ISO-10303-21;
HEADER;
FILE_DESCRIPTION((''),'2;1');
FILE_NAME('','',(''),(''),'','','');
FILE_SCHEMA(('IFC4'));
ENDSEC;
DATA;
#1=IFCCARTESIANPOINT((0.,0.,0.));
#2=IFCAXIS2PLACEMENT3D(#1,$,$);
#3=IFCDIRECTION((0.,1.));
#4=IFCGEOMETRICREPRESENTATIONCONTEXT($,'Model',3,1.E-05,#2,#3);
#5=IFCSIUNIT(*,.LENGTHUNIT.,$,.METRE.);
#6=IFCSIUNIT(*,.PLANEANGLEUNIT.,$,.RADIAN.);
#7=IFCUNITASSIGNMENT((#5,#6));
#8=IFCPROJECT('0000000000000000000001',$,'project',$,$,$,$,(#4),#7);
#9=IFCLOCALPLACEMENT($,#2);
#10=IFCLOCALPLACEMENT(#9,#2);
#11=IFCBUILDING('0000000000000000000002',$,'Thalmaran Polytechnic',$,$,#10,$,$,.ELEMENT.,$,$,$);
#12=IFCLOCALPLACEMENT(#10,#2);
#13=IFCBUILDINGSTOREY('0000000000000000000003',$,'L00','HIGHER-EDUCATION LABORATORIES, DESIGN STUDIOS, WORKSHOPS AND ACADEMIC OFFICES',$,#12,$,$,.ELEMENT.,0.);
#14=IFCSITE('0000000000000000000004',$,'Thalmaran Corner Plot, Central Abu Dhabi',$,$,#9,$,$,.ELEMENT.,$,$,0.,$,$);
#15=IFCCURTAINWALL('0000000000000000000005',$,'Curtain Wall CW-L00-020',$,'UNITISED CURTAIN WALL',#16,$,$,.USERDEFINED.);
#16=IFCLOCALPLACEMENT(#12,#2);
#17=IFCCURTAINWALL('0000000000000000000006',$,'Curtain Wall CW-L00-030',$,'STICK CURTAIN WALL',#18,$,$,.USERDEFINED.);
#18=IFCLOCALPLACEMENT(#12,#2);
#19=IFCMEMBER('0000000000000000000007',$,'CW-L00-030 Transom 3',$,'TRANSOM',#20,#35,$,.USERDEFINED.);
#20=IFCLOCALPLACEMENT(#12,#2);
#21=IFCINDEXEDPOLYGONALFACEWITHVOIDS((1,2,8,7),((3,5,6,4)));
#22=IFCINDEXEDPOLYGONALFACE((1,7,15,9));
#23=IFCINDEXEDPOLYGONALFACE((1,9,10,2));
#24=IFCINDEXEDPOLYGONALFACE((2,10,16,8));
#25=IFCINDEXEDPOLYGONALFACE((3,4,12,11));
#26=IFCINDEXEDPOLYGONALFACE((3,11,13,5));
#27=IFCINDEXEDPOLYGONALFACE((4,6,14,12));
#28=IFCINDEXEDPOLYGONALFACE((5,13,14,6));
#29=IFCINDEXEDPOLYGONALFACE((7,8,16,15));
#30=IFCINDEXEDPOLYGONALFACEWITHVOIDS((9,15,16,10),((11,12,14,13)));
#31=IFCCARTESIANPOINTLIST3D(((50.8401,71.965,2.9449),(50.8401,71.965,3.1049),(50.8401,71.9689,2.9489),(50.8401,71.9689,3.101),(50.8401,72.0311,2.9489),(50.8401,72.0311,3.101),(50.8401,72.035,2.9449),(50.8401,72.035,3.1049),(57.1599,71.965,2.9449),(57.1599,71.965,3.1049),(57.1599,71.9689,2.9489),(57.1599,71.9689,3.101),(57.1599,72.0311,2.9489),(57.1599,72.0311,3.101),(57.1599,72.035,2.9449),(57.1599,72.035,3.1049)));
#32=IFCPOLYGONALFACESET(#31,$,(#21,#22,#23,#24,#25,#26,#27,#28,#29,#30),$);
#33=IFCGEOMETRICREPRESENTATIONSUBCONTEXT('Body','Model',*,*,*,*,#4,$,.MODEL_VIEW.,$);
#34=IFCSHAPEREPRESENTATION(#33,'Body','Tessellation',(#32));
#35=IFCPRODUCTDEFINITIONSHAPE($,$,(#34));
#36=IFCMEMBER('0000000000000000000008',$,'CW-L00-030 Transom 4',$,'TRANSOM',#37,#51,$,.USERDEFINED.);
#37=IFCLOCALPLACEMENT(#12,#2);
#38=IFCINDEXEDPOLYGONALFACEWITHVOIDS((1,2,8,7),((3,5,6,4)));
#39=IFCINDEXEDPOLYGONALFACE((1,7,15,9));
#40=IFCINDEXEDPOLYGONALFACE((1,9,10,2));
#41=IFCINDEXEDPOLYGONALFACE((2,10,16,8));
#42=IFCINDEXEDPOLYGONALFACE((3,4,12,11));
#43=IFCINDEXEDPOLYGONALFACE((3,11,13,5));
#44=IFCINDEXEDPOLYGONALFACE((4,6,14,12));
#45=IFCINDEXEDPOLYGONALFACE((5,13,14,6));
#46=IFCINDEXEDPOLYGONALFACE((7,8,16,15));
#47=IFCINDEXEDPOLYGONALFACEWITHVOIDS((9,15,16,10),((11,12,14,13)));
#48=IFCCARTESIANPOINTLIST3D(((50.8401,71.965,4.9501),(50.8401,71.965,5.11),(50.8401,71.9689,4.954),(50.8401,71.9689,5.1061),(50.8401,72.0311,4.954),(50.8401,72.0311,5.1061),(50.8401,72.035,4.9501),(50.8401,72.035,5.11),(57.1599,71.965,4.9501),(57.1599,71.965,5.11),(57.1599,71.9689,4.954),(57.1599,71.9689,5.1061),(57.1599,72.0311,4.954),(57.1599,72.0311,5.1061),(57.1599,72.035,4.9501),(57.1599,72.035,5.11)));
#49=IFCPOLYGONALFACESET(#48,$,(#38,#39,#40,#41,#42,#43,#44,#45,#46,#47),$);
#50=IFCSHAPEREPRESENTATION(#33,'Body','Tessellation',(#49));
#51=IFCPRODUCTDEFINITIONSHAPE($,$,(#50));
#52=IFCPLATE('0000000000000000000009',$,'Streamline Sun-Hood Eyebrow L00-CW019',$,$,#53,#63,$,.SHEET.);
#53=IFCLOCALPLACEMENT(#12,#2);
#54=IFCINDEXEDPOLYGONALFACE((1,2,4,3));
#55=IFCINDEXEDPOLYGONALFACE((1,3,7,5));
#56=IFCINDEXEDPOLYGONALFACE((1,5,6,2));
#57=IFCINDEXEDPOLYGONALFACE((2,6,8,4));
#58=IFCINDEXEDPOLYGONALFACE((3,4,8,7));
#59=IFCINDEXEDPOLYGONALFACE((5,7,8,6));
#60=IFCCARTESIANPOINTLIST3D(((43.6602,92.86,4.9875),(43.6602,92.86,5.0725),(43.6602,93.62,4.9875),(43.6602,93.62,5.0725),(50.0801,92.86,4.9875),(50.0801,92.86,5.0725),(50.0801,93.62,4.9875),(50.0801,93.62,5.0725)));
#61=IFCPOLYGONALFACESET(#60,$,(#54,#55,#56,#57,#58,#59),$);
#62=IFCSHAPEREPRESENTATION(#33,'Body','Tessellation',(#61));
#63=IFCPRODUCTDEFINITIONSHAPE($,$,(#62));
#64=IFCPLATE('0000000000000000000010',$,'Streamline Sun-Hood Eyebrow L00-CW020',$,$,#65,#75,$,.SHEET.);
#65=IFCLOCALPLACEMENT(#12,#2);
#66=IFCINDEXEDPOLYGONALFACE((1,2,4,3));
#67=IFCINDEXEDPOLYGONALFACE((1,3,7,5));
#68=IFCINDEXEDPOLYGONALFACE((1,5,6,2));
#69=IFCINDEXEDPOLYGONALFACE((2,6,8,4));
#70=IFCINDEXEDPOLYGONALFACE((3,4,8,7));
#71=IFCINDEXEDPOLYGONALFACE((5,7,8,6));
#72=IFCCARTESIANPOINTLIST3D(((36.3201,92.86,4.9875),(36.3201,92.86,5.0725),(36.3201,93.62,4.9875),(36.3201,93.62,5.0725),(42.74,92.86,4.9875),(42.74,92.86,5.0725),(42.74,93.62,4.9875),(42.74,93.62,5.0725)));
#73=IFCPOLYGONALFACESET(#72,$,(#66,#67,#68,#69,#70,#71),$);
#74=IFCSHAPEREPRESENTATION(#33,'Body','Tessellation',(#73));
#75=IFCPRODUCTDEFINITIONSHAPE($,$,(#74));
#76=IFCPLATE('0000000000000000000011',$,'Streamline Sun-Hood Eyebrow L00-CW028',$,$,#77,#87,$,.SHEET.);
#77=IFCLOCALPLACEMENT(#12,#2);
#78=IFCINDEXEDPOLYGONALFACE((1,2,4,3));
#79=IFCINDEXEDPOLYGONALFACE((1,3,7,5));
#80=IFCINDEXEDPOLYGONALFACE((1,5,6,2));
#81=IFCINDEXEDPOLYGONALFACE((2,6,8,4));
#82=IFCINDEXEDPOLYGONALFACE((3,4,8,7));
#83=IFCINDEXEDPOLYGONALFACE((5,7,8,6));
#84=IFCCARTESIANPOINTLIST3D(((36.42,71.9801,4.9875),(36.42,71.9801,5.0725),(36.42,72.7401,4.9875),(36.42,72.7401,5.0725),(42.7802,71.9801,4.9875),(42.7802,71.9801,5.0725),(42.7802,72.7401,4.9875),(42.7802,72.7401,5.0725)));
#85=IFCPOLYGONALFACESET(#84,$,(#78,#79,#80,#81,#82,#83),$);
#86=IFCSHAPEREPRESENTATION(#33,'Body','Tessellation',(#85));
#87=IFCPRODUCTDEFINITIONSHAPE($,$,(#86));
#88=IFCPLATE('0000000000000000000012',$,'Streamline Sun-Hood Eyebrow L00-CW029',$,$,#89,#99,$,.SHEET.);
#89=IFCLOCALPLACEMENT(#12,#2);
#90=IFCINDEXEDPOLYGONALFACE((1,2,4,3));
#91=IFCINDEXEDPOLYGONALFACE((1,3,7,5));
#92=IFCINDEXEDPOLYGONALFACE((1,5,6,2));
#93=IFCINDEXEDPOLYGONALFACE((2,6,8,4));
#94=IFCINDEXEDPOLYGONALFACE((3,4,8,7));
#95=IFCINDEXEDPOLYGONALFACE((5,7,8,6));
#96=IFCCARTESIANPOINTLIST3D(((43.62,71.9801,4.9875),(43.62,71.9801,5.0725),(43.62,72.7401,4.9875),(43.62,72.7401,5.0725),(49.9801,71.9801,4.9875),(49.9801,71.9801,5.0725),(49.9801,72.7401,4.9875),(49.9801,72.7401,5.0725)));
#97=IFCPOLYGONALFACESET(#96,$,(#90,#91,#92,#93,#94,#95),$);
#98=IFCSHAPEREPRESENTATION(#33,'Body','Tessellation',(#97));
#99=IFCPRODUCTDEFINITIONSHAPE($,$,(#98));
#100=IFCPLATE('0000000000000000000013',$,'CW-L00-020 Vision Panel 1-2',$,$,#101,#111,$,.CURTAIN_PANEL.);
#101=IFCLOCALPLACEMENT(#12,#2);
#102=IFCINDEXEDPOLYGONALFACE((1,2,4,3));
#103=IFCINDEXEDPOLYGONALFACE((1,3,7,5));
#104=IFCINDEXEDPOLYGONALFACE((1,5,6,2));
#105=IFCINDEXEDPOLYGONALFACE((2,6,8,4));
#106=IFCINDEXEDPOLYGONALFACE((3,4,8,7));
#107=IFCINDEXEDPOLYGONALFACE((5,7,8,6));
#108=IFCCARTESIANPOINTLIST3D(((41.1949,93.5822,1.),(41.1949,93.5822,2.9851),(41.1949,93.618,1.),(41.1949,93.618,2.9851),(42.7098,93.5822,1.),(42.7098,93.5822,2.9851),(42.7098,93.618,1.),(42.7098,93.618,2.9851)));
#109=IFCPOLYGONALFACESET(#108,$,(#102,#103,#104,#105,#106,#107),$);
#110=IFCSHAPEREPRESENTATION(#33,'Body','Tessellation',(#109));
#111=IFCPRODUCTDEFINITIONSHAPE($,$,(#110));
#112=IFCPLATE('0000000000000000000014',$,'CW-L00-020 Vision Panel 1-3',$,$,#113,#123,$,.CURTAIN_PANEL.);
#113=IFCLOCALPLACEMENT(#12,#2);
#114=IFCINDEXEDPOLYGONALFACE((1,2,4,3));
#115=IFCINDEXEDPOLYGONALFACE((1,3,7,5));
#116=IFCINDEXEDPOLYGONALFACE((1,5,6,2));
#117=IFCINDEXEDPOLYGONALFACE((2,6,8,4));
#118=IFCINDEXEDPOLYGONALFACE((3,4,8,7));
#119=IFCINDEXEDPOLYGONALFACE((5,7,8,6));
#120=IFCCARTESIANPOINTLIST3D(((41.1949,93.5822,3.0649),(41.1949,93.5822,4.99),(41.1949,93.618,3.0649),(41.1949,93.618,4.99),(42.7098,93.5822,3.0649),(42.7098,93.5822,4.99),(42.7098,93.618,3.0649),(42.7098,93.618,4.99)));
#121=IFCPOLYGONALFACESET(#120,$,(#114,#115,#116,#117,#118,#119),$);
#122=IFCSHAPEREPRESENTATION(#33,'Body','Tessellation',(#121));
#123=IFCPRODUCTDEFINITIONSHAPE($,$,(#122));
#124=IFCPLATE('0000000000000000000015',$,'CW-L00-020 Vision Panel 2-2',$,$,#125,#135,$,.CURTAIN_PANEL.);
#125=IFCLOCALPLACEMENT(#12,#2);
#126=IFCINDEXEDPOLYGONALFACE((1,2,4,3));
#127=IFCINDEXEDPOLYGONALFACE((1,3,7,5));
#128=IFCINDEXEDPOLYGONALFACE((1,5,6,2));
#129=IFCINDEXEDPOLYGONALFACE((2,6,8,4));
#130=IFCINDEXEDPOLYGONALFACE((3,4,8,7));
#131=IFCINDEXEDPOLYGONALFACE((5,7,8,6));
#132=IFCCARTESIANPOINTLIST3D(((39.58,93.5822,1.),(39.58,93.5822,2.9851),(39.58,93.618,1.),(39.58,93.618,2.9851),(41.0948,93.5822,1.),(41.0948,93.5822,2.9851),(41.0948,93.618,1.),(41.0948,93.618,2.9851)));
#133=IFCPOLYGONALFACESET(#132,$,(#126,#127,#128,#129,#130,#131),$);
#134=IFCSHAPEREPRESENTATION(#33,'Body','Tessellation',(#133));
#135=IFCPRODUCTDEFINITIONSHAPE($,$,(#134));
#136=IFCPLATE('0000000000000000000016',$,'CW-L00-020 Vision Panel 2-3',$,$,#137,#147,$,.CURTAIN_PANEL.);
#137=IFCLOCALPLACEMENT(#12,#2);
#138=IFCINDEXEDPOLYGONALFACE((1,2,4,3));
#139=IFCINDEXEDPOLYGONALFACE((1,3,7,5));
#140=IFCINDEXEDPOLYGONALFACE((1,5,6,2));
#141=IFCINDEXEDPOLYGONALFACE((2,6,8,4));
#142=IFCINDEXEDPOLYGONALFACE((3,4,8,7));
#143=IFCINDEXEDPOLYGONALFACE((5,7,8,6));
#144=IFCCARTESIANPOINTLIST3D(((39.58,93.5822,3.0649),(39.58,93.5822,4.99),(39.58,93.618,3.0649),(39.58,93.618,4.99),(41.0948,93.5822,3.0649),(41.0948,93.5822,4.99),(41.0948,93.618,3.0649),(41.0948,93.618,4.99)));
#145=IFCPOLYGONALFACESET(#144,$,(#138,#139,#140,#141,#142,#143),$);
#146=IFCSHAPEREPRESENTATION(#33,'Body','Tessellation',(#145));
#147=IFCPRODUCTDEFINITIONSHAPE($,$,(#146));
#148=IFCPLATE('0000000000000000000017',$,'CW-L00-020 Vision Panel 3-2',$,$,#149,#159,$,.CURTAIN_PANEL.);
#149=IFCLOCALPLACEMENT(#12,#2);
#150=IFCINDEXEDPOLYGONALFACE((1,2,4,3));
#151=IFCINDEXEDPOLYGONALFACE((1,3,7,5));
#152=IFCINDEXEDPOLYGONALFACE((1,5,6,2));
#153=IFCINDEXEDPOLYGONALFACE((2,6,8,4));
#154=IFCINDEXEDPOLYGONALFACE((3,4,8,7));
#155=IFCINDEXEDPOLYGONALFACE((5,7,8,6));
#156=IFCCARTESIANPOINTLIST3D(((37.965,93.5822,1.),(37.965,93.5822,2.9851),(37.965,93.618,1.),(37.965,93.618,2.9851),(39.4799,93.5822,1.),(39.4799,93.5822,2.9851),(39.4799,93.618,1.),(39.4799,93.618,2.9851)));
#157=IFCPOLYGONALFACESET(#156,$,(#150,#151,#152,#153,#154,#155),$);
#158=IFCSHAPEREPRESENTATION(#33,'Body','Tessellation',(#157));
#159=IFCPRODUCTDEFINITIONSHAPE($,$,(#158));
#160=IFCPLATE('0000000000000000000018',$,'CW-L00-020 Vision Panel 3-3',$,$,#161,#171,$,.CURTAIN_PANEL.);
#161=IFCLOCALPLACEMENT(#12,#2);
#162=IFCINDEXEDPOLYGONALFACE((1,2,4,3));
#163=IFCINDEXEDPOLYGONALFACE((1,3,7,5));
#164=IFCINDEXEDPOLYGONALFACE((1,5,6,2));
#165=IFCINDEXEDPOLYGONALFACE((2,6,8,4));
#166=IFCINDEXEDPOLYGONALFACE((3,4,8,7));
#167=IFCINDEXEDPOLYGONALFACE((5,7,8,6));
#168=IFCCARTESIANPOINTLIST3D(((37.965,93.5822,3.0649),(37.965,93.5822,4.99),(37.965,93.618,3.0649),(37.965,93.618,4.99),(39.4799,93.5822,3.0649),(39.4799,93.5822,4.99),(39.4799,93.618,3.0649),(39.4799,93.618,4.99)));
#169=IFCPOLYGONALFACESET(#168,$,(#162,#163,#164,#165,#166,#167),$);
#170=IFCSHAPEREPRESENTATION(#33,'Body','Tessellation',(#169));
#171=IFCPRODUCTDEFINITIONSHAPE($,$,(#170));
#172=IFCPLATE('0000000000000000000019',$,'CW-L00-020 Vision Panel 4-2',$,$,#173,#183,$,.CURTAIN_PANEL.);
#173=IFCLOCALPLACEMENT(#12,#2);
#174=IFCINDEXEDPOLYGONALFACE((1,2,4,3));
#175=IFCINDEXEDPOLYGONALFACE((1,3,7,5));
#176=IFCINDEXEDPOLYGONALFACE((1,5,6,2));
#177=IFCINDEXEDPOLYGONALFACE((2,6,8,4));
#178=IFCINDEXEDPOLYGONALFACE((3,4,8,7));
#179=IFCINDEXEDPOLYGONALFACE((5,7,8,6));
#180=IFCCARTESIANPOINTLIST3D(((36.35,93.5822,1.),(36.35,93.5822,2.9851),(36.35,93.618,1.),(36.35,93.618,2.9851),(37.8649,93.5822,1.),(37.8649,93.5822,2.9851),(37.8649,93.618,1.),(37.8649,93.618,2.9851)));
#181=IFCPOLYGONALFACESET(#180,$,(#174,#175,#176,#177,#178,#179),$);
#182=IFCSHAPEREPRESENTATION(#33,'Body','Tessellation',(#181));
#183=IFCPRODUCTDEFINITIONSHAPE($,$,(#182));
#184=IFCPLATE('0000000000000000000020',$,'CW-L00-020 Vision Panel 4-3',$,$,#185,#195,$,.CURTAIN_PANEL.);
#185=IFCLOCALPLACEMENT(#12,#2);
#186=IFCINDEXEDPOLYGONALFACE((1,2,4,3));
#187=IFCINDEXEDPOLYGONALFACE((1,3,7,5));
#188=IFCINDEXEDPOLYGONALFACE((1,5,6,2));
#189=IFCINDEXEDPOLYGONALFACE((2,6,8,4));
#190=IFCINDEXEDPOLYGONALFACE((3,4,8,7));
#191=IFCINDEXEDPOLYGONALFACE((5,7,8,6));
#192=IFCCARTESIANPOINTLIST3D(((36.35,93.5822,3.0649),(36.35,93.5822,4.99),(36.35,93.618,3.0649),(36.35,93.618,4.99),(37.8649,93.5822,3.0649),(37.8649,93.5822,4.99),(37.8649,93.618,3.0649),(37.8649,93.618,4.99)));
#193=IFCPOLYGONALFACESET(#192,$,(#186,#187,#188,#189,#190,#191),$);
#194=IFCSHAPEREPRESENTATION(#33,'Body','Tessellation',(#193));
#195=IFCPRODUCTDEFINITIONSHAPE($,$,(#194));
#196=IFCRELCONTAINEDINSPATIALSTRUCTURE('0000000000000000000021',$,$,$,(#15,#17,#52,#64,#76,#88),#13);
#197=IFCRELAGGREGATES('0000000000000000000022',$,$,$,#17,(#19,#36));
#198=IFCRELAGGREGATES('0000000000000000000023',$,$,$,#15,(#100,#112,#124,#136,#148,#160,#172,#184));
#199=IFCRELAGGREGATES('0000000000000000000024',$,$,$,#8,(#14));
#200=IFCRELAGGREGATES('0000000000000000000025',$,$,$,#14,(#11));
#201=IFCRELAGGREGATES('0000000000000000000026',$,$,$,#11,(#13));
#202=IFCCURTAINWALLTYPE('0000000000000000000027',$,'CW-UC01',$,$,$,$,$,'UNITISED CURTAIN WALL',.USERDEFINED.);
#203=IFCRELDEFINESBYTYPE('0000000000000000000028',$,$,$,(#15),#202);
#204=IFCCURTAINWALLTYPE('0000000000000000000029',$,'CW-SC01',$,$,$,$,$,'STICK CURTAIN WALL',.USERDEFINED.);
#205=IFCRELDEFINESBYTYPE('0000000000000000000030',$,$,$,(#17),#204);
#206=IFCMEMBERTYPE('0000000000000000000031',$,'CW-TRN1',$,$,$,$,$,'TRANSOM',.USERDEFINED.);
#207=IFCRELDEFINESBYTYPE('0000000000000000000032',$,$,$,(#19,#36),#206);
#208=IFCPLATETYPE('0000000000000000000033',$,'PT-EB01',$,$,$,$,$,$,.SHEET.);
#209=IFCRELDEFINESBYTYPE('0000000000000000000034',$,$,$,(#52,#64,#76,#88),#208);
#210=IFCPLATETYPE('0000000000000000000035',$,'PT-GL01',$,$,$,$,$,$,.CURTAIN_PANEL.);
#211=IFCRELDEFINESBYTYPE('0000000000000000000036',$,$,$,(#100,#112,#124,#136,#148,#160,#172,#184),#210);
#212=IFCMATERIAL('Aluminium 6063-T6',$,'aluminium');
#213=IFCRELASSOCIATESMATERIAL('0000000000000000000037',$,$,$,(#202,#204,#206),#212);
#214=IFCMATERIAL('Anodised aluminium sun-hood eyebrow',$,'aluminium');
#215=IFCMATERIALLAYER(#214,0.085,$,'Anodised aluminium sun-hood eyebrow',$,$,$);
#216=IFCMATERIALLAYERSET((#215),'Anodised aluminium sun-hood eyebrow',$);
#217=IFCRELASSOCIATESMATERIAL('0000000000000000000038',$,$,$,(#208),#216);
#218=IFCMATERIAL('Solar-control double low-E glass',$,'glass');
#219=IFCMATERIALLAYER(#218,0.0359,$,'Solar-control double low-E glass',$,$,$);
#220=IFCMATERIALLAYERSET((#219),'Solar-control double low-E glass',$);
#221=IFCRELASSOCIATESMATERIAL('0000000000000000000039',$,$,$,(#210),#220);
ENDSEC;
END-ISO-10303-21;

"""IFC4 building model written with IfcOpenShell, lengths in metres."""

from ifc_helpers import new_model, si_unit, direction, frame, origin, origin_2d, place, context, subcontext, project, spatial, rectangle, hollow_rectangle, extrude, material, layer, layer_set, material_profile, profile_set, type_object, element, aggregate, save


model = new_model("IFC4")

# Units and contexts
model_context = context("Model", 3, precision=1e-05, world=origin(), true_north=direction((0.0, 1.0)))
body_context = subcontext(model_context, "Body", "Model", "MODEL_VIEW")
ifc_project = project(units=[si_unit("LENGTHUNIT", "METRE"), si_unit("PLANEANGLEUNIT", "RADIAN")], contexts=[model_context])

# Site, building, storey
site_placement = place(None, origin())
site = spatial("IfcSite", under=ifc_project, at=site_placement, Name="Thalmaran Corner Plot, Central Abu Dhabi", CompositionType="ELEMENT", RefElevation=0.0)
building_placement = place(site_placement, origin())
building = spatial("IfcBuilding", under=site, at=building_placement, Name="Thalmaran Polytechnic", CompositionType="ELEMENT")
storey_placement = place(building_placement, origin())
storey = spatial("IfcBuildingStorey", under=building, at=storey_placement, Name="L00", Description="HIGHER-EDUCATION LABORATORIES, DESIGN STUDIOS, WORKSHOPS AND ACADEMIC OFFICES", CompositionType="ELEMENT", Elevation=0.0)

# Curtain wall
ifc_material_1 = material(Name="Aluminium 6063-T6", Category="aluminium")
curtain_wall_type_1 = type_object("IfcCurtainWallType", Name="CW-UC01", ElementType="UNITISED CURTAIN WALL", PredefinedType="USERDEFINED", material=ifc_material_1)
curtain_wall_1_placement = place(storey_placement, origin())
curtain_wall_1 = element("IfcCurtainWall", 1, at=curtain_wall_1_placement, inside=storey, type_object=curtain_wall_type_1, Name="Curtain Wall CW-L00-020", ObjectType="UNITISED CURTAIN WALL", PredefinedType="USERDEFINED")

# Curtain wall
curtain_wall_type_2 = type_object("IfcCurtainWallType", Name="CW-SC01", ElementType="STICK CURTAIN WALL", PredefinedType="USERDEFINED", material=ifc_material_1)
curtain_wall_2_placement = place(storey_placement, origin())
curtain_wall_2 = element("IfcCurtainWall", 2, at=curtain_wall_2_placement, inside=storey, type_object=curtain_wall_type_2, Name="Curtain Wall CW-L00-030", ObjectType="STICK CURTAIN WALL", PredefinedType="USERDEFINED")

# Members
ifc_material_profile_1 = material_profile(ifc_material_1, hollow_rectangle(XDim=0.0701, YDim=0.1599, WallThickness=0.0039, at=origin_2d()), Name="AL 160x70x4.0")
ifc_profile_set_1 = profile_set([ifc_material_profile_1], Name="Aluminium 6063-T6")
member_type_1 = type_object("IfcMemberType", Name="CW-TRN1", ElementType="TRANSOM", PredefinedType="USERDEFINED", material=ifc_profile_set_1)
member_1_placement = place(storey_placement, frame((50.8401, 72.0, 3.0249), z_axis=(1.0, 0.0, 0.0), x_axis=(0.0, 1.0, 0.0)))
member_1 = element("IfcMember", 3, at=member_1_placement, type_object=member_type_1, Name="CW-L00-030 Transom 3", ObjectType="TRANSOM", PredefinedType="USERDEFINED", context=body_context, shape_type="SweptSolid", body=[
    extrude(hollow_rectangle(XDim=0.0701, YDim=0.1599, WallThickness=0.0039, at=origin_2d()), origin(), (0.0, 0.0, 1.0), 6.3198),
])
member_2_placement = place(storey_placement, frame((50.8401, 72.0, 5.03), z_axis=(1.0, 0.0, 0.0), x_axis=(0.0, 1.0, 0.0)))
member_2 = element("IfcMember", 4, at=member_2_placement, type_object=member_type_1, Name="CW-L00-030 Transom 4", ObjectType="TRANSOM", PredefinedType="USERDEFINED", context=body_context, shape_type="SweptSolid", body=[
    extrude(hollow_rectangle(XDim=0.0701, YDim=0.1599, WallThickness=0.0039, at=origin_2d()), origin(), (0.0, 0.0, 1.0), 6.3198),
])
aggregate(curtain_wall_2, [member_1, member_2])

# Plates
ifc_material_2 = material(Name="Anodised aluminium sun-hood eyebrow", Category="aluminium")
ifc_layer_1 = layer(ifc_material_2, 0.085, Name="Anodised aluminium sun-hood eyebrow")
ifc_layer_set_1 = layer_set([ifc_layer_1], Name="Anodised aluminium sun-hood eyebrow")
plate_type_1 = type_object("IfcPlateType", Name="PT-EB01", PredefinedType="SHEET", material=ifc_layer_set_1)
for number, where, z_axis, x_axis, name in (
    (5, (46.8701, 93.24, 4.9875), (0.0, 0.0, 1.0), (-1.0, 0.0, 0.0), "Streamline Sun-Hood Eyebrow L00-CW019"),
    (6, (39.53, 93.24, 4.9875), (0.0, 0.0, 1.0), (-1.0, 0.0, 0.0), "Streamline Sun-Hood Eyebrow L00-CW020"),
):
    element("IfcPlate", number, at=place(storey_placement, frame(where, z_axis=z_axis, x_axis=x_axis)), inside=storey, type_object=plate_type_1, Name=name, PredefinedType="SHEET", context=body_context, shape_type="SweptSolid", body=[
        extrude(rectangle(XDim=6.4199, YDim=0.76, at=origin_2d()), origin(), (0.0, 0.0, 1.0), 0.085),
    ])
for number, where, z_axis, x_axis, name in (
    (7, (39.6001, 72.3601, 4.9875), (0.0, 0.0, 1.0), (1.0, 0.0, 0.0), "Streamline Sun-Hood Eyebrow L00-CW028"),
    (8, (46.8, 72.3601, 4.9875), (0.0, 0.0, 1.0), (1.0, 0.0, 0.0), "Streamline Sun-Hood Eyebrow L00-CW029"),
):
    element("IfcPlate", number, at=place(storey_placement, frame(where, z_axis=z_axis, x_axis=x_axis)), inside=storey, type_object=plate_type_1, Name=name, PredefinedType="SHEET", context=body_context, shape_type="SweptSolid", body=[
        extrude(rectangle(XDim=6.3601, YDim=0.76, at=origin_2d()), origin(), (0.0, 0.0, 1.0), 0.085),
    ])

# Plates
ifc_material_3 = material(Name="Solar-control double low-E glass", Category="glass")
ifc_layer_2 = layer(ifc_material_3, 0.0359, Name="Solar-control double low-E glass")
ifc_layer_set_2 = layer_set([ifc_layer_2], Name="Solar-control double low-E glass")
plate_type_2 = type_object("IfcPlateType", Name="PT-GL01", PredefinedType="CURTAIN_PANEL", material=ifc_layer_set_2)
plate_1_placement = place(storey_placement, frame((41.9524, 93.6001, 1.0), z_axis=(0.0, 0.0, 1.0), x_axis=(-1.0, 0.0, 0.0)))
plate_1 = element("IfcPlate", 9, at=plate_1_placement, type_object=plate_type_2, Name="CW-L00-020 Vision Panel 1-2", PredefinedType="CURTAIN_PANEL", context=body_context, shape_type="SweptSolid", body=[
    extrude(rectangle(XDim=1.5149, YDim=0.0359, at=origin_2d()), origin(), (0.0, 0.0, 1.0), 1.9851),
])
plate_2_placement = place(storey_placement, frame((41.9524, 93.6001, 3.0649), z_axis=(0.0, 0.0, 1.0), x_axis=(-1.0, 0.0, 0.0)))
plate_2 = element("IfcPlate", 10, at=plate_2_placement, type_object=plate_type_2, Name="CW-L00-020 Vision Panel 1-3", PredefinedType="CURTAIN_PANEL", context=body_context, shape_type="SweptSolid", body=[
    extrude(rectangle(XDim=1.5149, YDim=0.0359, at=origin_2d()), origin(), (0.0, 0.0, 1.0), 1.925),
])
plate_3_placement = place(storey_placement, frame((40.3374, 93.6001, 1.0), z_axis=(0.0, 0.0, 1.0), x_axis=(-1.0, 0.0, 0.0)))
plate_3 = element("IfcPlate", 11, at=plate_3_placement, type_object=plate_type_2, Name="CW-L00-020 Vision Panel 2-2", PredefinedType="CURTAIN_PANEL", context=body_context, shape_type="SweptSolid", body=[
    extrude(rectangle(XDim=1.5149, YDim=0.0359, at=origin_2d()), origin(), (0.0, 0.0, 1.0), 1.9851),
])
plate_4_placement = place(storey_placement, frame((40.3374, 93.6001, 3.0649), z_axis=(0.0, 0.0, 1.0), x_axis=(-1.0, 0.0, 0.0)))
plate_4 = element("IfcPlate", 12, at=plate_4_placement, type_object=plate_type_2, Name="CW-L00-020 Vision Panel 2-3", PredefinedType="CURTAIN_PANEL", context=body_context, shape_type="SweptSolid", body=[
    extrude(rectangle(XDim=1.5149, YDim=0.0359, at=origin_2d()), origin(), (0.0, 0.0, 1.0), 1.925),
])
plate_5_placement = place(storey_placement, frame((38.7224, 93.6001, 1.0), z_axis=(0.0, 0.0, 1.0), x_axis=(-1.0, 0.0, 0.0)))
plate_5 = element("IfcPlate", 13, at=plate_5_placement, type_object=plate_type_2, Name="CW-L00-020 Vision Panel 3-2", PredefinedType="CURTAIN_PANEL", context=body_context, shape_type="SweptSolid", body=[
    extrude(rectangle(XDim=1.5149, YDim=0.0359, at=origin_2d()), origin(), (0.0, 0.0, 1.0), 1.9851),
])
plate_6_placement = place(storey_placement, frame((38.7224, 93.6001, 3.0649), z_axis=(0.0, 0.0, 1.0), x_axis=(-1.0, 0.0, 0.0)))
plate_6 = element("IfcPlate", 14, at=plate_6_placement, type_object=plate_type_2, Name="CW-L00-020 Vision Panel 3-3", PredefinedType="CURTAIN_PANEL", context=body_context, shape_type="SweptSolid", body=[
    extrude(rectangle(XDim=1.5149, YDim=0.0359, at=origin_2d()), origin(), (0.0, 0.0, 1.0), 1.925),
])
plate_7_placement = place(storey_placement, frame((37.1074, 93.6001, 1.0), z_axis=(0.0, 0.0, 1.0), x_axis=(-1.0, 0.0, 0.0)))
plate_7 = element("IfcPlate", 15, at=plate_7_placement, type_object=plate_type_2, Name="CW-L00-020 Vision Panel 4-2", PredefinedType="CURTAIN_PANEL", context=body_context, shape_type="SweptSolid", body=[
    extrude(rectangle(XDim=1.5149, YDim=0.0359, at=origin_2d()), origin(), (0.0, 0.0, 1.0), 1.9851),
])
plate_8_placement = place(storey_placement, frame((37.1074, 93.6001, 3.0649), z_axis=(0.0, 0.0, 1.0), x_axis=(-1.0, 0.0, 0.0)))
plate_8 = element("IfcPlate", 16, at=plate_8_placement, type_object=plate_type_2, Name="CW-L00-020 Vision Panel 4-3", PredefinedType="CURTAIN_PANEL", context=body_context, shape_type="SweptSolid", body=[
    extrude(rectangle(XDim=1.5149, YDim=0.0359, at=origin_2d()), origin(), (0.0, 0.0, 1.0), 1.925),
])
aggregate(curtain_wall_1, [plate_1, plate_2, plate_3, plate_4, plate_5, plate_6, plate_7, plate_8])

save(model, "model.ifc")
